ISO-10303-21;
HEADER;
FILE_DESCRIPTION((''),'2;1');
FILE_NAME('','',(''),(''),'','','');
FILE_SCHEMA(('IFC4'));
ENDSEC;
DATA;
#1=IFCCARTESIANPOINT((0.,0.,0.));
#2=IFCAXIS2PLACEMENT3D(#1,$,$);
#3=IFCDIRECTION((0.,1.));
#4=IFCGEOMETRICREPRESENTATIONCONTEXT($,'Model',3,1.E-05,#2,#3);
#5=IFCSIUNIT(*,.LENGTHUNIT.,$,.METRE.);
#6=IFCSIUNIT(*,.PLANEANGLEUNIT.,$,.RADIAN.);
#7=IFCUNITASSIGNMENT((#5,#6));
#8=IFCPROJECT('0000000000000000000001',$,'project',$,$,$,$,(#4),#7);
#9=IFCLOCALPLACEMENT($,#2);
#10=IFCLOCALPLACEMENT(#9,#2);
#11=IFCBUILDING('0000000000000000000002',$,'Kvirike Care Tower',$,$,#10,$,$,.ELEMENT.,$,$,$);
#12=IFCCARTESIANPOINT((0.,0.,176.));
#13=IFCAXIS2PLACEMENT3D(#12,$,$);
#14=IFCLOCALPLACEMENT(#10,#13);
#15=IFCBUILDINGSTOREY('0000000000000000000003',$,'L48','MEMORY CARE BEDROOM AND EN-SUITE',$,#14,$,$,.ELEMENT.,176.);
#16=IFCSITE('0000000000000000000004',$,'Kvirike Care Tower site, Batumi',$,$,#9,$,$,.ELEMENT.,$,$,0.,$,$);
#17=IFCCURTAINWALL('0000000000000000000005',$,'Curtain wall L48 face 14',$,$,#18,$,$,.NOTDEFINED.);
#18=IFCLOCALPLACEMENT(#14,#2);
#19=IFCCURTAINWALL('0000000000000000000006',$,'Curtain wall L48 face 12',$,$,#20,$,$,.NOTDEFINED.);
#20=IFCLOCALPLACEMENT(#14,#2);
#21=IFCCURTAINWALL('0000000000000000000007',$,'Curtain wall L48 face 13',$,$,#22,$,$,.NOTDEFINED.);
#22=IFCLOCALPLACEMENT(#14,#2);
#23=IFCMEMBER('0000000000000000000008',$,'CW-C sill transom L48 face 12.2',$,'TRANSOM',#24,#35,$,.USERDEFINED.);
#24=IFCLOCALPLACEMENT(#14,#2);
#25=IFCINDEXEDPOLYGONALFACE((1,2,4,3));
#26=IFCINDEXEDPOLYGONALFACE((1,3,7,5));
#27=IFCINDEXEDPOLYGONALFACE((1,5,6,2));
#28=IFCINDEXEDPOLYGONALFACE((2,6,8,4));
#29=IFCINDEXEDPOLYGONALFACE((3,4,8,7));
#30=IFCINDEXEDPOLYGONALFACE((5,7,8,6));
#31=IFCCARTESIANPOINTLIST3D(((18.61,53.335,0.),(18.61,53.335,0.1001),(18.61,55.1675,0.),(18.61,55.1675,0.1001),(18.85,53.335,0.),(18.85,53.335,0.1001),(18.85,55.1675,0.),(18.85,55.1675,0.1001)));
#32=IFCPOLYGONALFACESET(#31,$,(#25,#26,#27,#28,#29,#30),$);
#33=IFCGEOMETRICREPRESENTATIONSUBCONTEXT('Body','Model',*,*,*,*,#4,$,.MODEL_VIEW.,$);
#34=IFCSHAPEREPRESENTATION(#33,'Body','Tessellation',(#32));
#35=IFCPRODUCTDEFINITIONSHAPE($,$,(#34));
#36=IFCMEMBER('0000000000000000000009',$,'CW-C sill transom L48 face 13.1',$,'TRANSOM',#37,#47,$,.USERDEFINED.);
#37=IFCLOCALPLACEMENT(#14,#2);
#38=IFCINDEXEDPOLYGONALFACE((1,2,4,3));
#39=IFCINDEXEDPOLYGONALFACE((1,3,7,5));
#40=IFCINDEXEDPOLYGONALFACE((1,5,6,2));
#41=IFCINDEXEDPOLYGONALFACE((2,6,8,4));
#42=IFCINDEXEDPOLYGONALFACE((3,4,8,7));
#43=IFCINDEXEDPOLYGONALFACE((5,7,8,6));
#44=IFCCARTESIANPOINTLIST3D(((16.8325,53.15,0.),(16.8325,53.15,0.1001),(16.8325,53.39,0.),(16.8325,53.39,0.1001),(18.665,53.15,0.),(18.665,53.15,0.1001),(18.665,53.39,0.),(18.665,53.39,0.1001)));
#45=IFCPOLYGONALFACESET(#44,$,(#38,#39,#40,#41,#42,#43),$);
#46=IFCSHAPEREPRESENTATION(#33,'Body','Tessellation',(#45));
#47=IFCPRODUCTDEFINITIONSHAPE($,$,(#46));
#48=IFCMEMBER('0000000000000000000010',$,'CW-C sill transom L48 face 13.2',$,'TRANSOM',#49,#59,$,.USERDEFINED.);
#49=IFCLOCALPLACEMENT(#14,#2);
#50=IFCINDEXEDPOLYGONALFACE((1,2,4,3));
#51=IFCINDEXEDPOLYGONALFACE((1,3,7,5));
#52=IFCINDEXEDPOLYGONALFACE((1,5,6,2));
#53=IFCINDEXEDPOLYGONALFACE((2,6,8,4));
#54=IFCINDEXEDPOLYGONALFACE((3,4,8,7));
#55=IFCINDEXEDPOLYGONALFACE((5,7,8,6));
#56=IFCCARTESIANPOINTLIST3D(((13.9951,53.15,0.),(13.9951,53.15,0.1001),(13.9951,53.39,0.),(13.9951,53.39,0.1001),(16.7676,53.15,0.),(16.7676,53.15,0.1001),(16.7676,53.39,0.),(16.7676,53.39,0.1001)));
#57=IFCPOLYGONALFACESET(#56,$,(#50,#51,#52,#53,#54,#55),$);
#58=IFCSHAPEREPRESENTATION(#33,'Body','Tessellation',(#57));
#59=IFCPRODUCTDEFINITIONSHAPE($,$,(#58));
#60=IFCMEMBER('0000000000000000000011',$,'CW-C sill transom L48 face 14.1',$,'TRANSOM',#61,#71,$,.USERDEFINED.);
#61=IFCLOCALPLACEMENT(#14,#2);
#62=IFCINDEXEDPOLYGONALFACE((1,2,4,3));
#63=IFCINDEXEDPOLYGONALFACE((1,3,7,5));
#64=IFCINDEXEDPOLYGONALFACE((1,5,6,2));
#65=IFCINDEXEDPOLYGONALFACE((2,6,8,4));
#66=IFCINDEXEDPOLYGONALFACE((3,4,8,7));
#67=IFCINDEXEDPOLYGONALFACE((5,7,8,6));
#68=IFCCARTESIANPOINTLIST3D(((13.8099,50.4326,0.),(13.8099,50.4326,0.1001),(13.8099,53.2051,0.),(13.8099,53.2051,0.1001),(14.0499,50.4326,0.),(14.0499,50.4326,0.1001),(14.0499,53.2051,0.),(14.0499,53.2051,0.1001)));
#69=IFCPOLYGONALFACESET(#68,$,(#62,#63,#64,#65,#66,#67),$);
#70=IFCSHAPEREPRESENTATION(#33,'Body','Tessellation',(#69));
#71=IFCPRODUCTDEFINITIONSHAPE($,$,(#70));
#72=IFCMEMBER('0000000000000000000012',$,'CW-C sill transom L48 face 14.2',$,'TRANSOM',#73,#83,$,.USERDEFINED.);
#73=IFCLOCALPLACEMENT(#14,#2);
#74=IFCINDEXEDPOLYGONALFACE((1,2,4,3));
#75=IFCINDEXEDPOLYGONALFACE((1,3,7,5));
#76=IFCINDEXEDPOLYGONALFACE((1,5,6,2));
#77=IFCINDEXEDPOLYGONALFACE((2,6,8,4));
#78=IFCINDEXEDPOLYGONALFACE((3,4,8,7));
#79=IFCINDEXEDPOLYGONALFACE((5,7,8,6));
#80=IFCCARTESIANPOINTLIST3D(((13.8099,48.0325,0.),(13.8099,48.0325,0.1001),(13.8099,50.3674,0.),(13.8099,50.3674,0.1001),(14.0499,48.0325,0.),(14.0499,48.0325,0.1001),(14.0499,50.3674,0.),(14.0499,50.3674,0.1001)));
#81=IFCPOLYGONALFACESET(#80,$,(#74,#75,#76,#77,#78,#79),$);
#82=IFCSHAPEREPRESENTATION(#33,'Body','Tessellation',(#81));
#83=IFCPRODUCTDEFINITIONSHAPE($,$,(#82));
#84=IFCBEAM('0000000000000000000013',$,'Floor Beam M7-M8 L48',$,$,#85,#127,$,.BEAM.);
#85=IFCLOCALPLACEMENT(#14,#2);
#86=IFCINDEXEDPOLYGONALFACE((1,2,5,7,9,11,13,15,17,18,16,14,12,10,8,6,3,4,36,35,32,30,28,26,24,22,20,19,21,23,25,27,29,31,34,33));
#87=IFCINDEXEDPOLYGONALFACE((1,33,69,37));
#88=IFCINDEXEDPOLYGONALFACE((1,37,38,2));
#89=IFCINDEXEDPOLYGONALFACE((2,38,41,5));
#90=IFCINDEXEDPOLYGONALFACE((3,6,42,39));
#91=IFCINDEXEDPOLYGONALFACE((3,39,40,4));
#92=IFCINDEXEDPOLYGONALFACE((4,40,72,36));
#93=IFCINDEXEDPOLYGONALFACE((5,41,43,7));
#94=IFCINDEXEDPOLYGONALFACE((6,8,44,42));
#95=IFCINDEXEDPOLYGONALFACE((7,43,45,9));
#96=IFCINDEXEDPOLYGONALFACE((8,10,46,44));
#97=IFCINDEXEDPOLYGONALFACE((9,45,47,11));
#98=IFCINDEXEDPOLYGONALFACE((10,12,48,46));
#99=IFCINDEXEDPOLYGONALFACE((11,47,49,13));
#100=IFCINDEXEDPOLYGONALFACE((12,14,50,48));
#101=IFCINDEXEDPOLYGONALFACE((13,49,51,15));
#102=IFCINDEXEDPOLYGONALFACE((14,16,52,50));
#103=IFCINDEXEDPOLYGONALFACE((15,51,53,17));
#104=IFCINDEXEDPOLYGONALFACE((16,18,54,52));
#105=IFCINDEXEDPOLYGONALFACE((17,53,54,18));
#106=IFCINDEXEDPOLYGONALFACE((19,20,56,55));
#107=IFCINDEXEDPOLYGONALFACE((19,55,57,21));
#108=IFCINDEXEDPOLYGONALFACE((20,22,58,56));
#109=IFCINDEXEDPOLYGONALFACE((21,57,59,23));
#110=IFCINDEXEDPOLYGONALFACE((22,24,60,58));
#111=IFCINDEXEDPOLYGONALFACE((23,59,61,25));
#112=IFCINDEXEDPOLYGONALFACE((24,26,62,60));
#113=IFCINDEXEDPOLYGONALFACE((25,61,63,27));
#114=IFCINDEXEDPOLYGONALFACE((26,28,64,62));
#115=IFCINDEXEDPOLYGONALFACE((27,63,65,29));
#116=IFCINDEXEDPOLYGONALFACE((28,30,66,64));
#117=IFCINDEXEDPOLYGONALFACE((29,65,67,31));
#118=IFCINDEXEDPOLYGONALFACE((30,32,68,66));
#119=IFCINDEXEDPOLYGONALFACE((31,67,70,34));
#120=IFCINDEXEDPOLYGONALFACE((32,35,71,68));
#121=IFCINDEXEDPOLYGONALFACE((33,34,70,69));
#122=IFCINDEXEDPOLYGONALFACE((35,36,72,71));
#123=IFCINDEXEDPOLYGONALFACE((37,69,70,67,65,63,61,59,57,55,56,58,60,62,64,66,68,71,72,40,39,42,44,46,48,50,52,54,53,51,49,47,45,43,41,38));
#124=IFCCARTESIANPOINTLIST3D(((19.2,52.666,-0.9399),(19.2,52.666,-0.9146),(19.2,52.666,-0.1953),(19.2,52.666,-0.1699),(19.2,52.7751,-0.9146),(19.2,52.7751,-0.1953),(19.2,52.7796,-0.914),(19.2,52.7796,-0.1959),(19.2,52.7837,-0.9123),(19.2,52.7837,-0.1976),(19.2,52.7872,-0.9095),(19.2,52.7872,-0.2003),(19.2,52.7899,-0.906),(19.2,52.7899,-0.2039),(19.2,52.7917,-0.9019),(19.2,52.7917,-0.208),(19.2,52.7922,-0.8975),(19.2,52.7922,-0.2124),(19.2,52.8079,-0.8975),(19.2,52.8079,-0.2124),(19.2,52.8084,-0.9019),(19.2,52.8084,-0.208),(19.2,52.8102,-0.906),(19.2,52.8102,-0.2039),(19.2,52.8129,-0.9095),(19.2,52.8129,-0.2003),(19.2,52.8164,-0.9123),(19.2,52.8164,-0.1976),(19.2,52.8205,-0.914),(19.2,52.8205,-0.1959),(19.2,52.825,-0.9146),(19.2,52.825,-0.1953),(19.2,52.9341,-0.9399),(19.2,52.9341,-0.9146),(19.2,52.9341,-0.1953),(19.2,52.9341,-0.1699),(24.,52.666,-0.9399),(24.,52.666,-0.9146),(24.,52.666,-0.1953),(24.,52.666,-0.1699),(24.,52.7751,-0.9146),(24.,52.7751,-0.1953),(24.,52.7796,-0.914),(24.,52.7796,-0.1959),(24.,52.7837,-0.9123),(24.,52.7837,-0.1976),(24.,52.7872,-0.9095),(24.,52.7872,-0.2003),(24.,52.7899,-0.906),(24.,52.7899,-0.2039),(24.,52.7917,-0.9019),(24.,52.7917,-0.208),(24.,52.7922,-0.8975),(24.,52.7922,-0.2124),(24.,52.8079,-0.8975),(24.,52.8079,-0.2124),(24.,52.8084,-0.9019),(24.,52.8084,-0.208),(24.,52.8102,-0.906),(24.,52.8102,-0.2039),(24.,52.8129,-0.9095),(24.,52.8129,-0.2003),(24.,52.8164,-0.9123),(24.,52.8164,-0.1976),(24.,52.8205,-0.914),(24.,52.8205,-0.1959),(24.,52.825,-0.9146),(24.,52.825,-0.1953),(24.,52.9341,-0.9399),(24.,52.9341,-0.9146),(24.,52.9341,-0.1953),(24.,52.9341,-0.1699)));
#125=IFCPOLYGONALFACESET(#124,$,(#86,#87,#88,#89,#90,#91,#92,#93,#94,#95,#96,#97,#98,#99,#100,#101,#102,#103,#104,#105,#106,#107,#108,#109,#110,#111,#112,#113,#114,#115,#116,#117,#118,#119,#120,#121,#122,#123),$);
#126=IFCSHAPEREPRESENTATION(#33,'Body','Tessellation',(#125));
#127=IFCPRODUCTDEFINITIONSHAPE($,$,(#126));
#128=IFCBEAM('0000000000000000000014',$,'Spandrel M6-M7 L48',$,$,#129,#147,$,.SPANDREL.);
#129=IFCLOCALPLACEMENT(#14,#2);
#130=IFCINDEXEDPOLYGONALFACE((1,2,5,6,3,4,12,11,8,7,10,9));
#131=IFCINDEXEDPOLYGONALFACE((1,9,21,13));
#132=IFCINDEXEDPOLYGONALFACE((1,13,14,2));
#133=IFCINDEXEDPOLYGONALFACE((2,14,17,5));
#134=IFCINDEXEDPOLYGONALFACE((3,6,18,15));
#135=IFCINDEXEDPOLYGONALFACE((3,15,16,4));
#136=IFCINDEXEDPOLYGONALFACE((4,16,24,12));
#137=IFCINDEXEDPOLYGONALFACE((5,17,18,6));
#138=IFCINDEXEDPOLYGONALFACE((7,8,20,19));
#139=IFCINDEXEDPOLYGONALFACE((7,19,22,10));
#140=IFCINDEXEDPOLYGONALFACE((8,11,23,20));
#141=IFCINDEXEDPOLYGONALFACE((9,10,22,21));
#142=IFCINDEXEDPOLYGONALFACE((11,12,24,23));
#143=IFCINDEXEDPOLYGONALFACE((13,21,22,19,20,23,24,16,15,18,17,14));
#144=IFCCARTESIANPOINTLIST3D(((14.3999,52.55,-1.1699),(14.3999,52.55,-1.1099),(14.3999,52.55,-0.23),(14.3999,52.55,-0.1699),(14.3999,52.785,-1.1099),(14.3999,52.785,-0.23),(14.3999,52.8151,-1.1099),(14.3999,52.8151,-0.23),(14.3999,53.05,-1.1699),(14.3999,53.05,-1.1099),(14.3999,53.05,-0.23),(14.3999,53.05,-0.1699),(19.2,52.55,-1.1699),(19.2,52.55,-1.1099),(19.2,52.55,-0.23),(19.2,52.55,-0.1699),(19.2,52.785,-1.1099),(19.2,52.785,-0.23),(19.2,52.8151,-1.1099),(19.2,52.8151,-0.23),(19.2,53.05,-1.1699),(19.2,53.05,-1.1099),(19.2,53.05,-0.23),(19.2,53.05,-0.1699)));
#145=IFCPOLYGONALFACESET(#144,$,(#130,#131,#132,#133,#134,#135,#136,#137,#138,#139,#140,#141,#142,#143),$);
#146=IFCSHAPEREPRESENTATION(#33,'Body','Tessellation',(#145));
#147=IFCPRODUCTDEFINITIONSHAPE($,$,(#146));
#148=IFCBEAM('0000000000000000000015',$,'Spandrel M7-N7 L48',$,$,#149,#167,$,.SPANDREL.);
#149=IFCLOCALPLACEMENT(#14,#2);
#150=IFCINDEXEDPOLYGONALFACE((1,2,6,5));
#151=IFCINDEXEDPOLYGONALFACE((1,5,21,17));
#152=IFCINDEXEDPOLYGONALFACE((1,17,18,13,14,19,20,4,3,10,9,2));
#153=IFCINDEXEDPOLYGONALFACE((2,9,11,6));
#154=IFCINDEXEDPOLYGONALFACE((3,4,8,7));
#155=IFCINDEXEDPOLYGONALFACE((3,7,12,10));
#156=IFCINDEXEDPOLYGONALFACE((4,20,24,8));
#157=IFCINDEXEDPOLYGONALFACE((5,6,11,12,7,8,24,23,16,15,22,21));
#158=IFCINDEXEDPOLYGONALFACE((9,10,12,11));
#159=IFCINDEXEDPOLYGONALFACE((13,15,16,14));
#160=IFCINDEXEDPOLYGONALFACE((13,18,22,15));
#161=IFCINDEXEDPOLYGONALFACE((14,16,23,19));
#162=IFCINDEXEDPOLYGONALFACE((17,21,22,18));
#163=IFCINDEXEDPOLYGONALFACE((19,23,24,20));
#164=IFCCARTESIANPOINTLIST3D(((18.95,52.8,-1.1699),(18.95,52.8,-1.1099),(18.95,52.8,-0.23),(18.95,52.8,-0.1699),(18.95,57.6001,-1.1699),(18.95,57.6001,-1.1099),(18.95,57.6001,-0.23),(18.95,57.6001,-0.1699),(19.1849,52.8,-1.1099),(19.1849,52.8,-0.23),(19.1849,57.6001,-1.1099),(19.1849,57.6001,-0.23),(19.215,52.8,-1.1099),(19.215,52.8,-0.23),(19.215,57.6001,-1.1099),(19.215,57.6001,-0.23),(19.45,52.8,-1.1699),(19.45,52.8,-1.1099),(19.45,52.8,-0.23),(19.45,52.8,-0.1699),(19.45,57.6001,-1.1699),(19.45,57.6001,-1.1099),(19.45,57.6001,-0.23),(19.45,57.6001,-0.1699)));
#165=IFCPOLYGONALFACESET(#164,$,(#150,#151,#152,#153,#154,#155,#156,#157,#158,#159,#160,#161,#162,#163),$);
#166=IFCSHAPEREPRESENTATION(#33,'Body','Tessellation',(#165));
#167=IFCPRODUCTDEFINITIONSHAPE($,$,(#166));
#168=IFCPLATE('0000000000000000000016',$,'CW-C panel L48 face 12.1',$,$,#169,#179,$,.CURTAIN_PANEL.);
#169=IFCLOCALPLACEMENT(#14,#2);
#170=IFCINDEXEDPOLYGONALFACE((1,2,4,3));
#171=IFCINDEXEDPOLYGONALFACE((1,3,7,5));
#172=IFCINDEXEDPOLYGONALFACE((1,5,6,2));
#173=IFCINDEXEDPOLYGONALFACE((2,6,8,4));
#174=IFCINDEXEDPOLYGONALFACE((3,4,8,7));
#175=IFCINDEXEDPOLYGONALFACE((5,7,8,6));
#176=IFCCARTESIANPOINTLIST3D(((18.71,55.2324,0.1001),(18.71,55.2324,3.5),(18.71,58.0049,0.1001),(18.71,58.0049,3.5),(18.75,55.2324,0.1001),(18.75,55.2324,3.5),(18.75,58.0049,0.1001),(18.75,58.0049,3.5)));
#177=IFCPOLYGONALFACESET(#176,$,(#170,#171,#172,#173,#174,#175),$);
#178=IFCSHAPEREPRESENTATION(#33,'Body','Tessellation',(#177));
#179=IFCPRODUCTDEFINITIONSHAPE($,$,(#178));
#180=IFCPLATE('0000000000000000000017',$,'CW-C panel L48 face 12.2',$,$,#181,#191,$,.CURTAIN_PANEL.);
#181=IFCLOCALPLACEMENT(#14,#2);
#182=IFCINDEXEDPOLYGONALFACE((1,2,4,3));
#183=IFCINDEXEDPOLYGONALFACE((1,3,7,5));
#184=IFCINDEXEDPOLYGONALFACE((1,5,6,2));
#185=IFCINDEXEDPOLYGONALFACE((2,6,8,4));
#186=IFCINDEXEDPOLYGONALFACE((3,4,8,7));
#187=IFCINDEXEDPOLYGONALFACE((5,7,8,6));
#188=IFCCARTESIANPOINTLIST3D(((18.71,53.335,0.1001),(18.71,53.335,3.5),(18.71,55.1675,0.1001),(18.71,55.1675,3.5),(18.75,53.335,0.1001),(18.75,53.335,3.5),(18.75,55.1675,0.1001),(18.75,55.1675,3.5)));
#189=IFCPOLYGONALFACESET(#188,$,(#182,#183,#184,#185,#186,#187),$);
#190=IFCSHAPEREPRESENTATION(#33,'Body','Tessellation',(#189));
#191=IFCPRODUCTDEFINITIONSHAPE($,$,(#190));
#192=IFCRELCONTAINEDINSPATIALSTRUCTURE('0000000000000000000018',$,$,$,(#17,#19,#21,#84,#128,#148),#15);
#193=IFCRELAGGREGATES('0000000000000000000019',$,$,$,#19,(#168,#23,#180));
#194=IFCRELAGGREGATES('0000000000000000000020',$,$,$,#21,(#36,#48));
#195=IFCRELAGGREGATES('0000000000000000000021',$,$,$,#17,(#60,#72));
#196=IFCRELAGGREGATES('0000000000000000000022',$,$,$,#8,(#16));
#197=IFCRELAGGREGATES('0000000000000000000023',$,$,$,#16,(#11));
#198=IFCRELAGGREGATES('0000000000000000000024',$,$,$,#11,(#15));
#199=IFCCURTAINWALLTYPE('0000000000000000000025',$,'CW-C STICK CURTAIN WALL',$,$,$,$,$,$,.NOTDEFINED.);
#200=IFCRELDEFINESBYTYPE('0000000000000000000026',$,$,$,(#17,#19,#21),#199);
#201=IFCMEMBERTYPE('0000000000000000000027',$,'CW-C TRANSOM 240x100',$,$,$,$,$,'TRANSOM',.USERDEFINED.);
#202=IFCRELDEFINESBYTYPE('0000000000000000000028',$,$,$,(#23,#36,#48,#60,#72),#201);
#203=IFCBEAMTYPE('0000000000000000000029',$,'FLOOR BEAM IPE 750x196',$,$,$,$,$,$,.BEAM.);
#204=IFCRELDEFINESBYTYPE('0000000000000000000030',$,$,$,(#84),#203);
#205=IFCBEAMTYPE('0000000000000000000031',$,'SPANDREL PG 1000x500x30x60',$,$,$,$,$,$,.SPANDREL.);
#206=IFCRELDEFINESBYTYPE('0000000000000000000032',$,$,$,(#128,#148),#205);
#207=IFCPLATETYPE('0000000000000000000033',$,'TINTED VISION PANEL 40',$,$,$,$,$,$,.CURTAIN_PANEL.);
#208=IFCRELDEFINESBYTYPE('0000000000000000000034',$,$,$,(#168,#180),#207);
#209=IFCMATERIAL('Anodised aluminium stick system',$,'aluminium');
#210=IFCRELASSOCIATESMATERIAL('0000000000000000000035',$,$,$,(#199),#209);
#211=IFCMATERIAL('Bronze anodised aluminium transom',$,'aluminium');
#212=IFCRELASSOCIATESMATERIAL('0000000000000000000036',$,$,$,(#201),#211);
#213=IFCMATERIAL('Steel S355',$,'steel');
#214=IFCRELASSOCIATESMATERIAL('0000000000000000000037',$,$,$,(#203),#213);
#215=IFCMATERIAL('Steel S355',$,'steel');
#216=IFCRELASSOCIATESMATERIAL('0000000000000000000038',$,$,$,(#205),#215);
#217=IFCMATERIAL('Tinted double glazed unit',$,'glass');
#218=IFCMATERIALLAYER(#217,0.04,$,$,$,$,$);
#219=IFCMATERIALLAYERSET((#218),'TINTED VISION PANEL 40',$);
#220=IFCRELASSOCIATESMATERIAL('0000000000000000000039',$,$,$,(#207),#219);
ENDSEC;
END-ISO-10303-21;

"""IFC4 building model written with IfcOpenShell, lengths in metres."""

from ifc_helpers import new_model, si_unit, direction, frame, origin, origin_2d, place, context, subcontext, project, spatial, rectangle, i_section, extrude, material, layer, layer_set, material_profile, profile_set, type_object, element, aggregate, save


model = new_model("IFC4")

# Units and contexts
model_context = context("Model", 3, precision=1e-05, world=origin(), true_north=direction((0.0, 1.0)))
body_context = subcontext(model_context, "Body", "Model", "MODEL_VIEW")
ifc_project = project(units=[si_unit("LENGTHUNIT", "METRE"), si_unit("PLANEANGLEUNIT", "RADIAN")], contexts=[model_context])

# Site, building, storey
site_placement = place(None, origin())
site = spatial("IfcSite", under=ifc_project, at=site_placement, Name="Kvirike Care Tower site, Batumi", CompositionType="ELEMENT", RefElevation=0.0)
building_placement = place(site_placement, origin())
building = spatial("IfcBuilding", under=site, at=building_placement, Name="Kvirike Care Tower", CompositionType="ELEMENT")
storey_placement = place(building_placement, frame((0.0, 0.0, 176.0)))
storey = spatial("IfcBuildingStorey", under=building, at=storey_placement, Name="L48", Description="MEMORY CARE BEDROOM AND EN-SUITE", CompositionType="ELEMENT", Elevation=176.0)

# Curtain wall
ifc_material_1 = material(Name="Anodised aluminium stick system", Category="aluminium")
curtain_wall_type = type_object("IfcCurtainWallType", Name="CW-C STICK CURTAIN WALL", PredefinedType="NOTDEFINED", material=ifc_material_1)
curtain_wall_1_placement = place(storey_placement, origin())
curtain_wall_1 = element("IfcCurtainWall", 1, at=curtain_wall_1_placement, inside=storey, type_object=curtain_wall_type, Name="Curtain wall L48 face 14", PredefinedType="NOTDEFINED")

# Curtain walls
curtain_wall_2_placement = place(storey_placement, origin())
curtain_wall_2 = element("IfcCurtainWall", 2, at=curtain_wall_2_placement, inside=storey, type_object=curtain_wall_type, Name="Curtain wall L48 face 12", PredefinedType="NOTDEFINED")
curtain_wall_3_placement = place(storey_placement, origin())
curtain_wall_3 = element("IfcCurtainWall", 3, at=curtain_wall_3_placement, inside=storey, type_object=curtain_wall_type, Name="Curtain wall L48 face 13", PredefinedType="NOTDEFINED")

# Members
ifc_material_2 = material(Name="Bronze anodised aluminium transom", Category="aluminium")
ifc_material_profile_1 = material_profile(ifc_material_2, rectangle(XDim=0.24, YDim=0.1001, at=origin_2d()), Name="CW-C TRANSOM 240x100")
ifc_profile_set_1 = profile_set([ifc_material_profile_1], Name="Bronze anodised aluminium transom")
member_type_1 = type_object("IfcMemberType", Name="CW-C TRANSOM 240x100", ElementType="TRANSOM", PredefinedType="USERDEFINED", material=ifc_profile_set_1)
member_1_placement = place(storey_placement, frame((18.73, 55.1675, 0.05), z_axis=(0.0, -1.0, 0.0), x_axis=(1.0, 0.0, 0.0)))
member_1 = element("IfcMember", 4, at=member_1_placement, type_object=member_type_1, Name="CW-C sill transom L48 face 12.2", ObjectType="TRANSOM", PredefinedType="USERDEFINED", context=body_context, shape_type="SweptSolid", body=[
    extrude(rectangle(XDim=0.24, YDim=0.1001, at=origin_2d()), origin(), (0.0, 0.0, 1.0), 1.8325),
])
member_2_placement = place(storey_placement, frame((18.665, 53.27, 0.05), z_axis=(-1.0, 0.0, 0.0), x_axis=(0.0, -1.0, 0.0)))
member_2 = element("IfcMember", 5, at=member_2_placement, type_object=member_type_1, Name="CW-C sill transom L48 face 13.1", ObjectType="TRANSOM", PredefinedType="USERDEFINED", context=body_context, shape_type="SweptSolid", body=[
    extrude(rectangle(XDim=0.24, YDim=0.1001, at=origin_2d()), origin(), (0.0, 0.0, 1.0), 1.8325),
])
member_3_placement = place(storey_placement, frame((16.7676, 53.27, 0.05), z_axis=(-1.0, 0.0, 0.0), x_axis=(0.0, -1.0, 0.0)))
member_3 = element("IfcMember", 6, at=member_3_placement, type_object=member_type_1, Name="CW-C sill transom L48 face 13.2", ObjectType="TRANSOM", PredefinedType="USERDEFINED", context=body_context, shape_type="SweptSolid", body=[
    extrude(rectangle(XDim=0.24, YDim=0.1001, at=origin_2d()), origin(), (0.0, 0.0, 1.0), 2.7725),
])
member_4_placement = place(storey_placement, frame((13.9299, 53.2051, 0.05), z_axis=(0.0, -1.0, 0.0), x_axis=(1.0, 0.0, 0.0)))
member_4 = element("IfcMember", 7, at=member_4_placement, type_object=member_type_1, Name="CW-C sill transom L48 face 14.1", ObjectType="TRANSOM", PredefinedType="USERDEFINED", context=body_context, shape_type="SweptSolid", body=[
    extrude(rectangle(XDim=0.24, YDim=0.1001, at=origin_2d()), origin(), (0.0, 0.0, 1.0), 2.7725),
])
member_5_placement = place(storey_placement, frame((13.9299, 50.3674, 0.05), z_axis=(0.0, -1.0, 0.0), x_axis=(1.0, 0.0, 0.0)))
member_5 = element("IfcMember", 8, at=member_5_placement, type_object=member_type_1, Name="CW-C sill transom L48 face 14.2", ObjectType="TRANSOM", PredefinedType="USERDEFINED", context=body_context, shape_type="SweptSolid", body=[
    extrude(rectangle(XDim=0.24, YDim=0.1001, at=origin_2d()), origin(), (0.0, 0.0, 1.0), 2.335),
])

# Beams
ifc_material_3 = material(Name="Steel S355", Category="steel")
ifc_material_profile_2 = material_profile(ifc_material_3, i_section(OverallWidth=0.2681, OverallDepth=0.77, WebThickness=0.0156, FlangeThickness=0.0254, FilletRadius=0.0171, at=origin_2d()), Name="IPE 750x196")
ifc_profile_set_2 = profile_set([ifc_material_profile_2], Name="Steel S355")
beam_type_1 = type_object("IfcBeamType", Name="FLOOR BEAM IPE 750x196", PredefinedType="BEAM", material=ifc_profile_set_2)
beam_placement = place(storey_placement, frame((19.2, 52.8, -0.5549), z_axis=(1.0, 0.0, 0.0), x_axis=(0.0, 1.0, 0.0)))
element("IfcBeam", 9, at=beam_placement, inside=storey, type_object=beam_type_1, Name="Floor Beam M7-M8 L48", PredefinedType="BEAM", context=body_context, shape_type="SweptSolid", body=[
    extrude(i_section(OverallWidth=0.2681, OverallDepth=0.77, WebThickness=0.0156, FlangeThickness=0.0254, FilletRadius=0.0171, at=origin_2d()), origin(), (0.0, 0.0, 1.0), 4.8),
])
ifc_material_4 = material(Name="Steel S355", Category="steel")
ifc_material_profile_3 = material_profile(ifc_material_4, i_section(OverallWidth=0.5, OverallDepth=1.0, WebThickness=0.03, FlangeThickness=0.0601, at=origin_2d()), Name="PG 1000x500x30x60")
ifc_profile_set_3 = profile_set([ifc_material_profile_3], Name="Steel S355")
beam_type_2 = type_object("IfcBeamType", Name="SPANDREL PG 1000x500x30x60", PredefinedType="SPANDREL", material=ifc_profile_set_3)
for number, where, z_axis, x_axis, name in (
    (10, (14.3999, 52.8, -0.6699), (1.0, 0.0, 0.0), (0.0, 1.0, 0.0), "Spandrel M6-M7 L48"),
    (11, (19.2, 52.8, -0.6699), (0.0, 1.0, 0.0), (-1.0, 0.0, 0.0), "Spandrel M7-N7 L48"),
):
    element("IfcBeam", number, at=place(storey_placement, frame(where, z_axis=z_axis, x_axis=x_axis)), inside=storey, type_object=beam_type_2, Name=name, PredefinedType="SPANDREL", context=body_context, shape_type="SweptSolid", body=[
        extrude(i_section(OverallWidth=0.5, OverallDepth=1.0, WebThickness=0.03, FlangeThickness=0.0601, at=origin_2d()), origin(), (0.0, 0.0, 1.0), 4.8),
    ])

# Plates
ifc_material_5 = material(Name="Tinted double glazed unit", Category="glass")
ifc_layer_1 = layer(ifc_material_5, 0.04)
ifc_layer_set_1 = layer_set([ifc_layer_1], Name="TINTED VISION PANEL 40")
plate_type = type_object("IfcPlateType", Name="TINTED VISION PANEL 40", PredefinedType="CURTAIN_PANEL", material=ifc_layer_set_1)
plate_1_placement = place(storey_placement, frame((18.73, 56.6187, 0.1001), z_axis=(0.0, 0.0, 1.0), x_axis=(0.0, -1.0, 0.0)))
plate_1 = element("IfcPlate", 12, at=plate_1_placement, type_object=plate_type, Name="CW-C panel L48 face 12.1", PredefinedType="CURTAIN_PANEL", context=body_context, shape_type="SweptSolid", body=[
    extrude(rectangle(XDim=2.7725, YDim=0.04, at=origin_2d()), origin(), (0.0, 0.0, 1.0), 3.3999),
])
plate_2_placement = place(storey_placement, frame((18.73, 54.2512, 0.1001), z_axis=(0.0, 0.0, 1.0), x_axis=(0.0, -1.0, 0.0)))
plate_2 = element("IfcPlate", 13, at=plate_2_placement, type_object=plate_type, Name="CW-C panel L48 face 12.2", PredefinedType="CURTAIN_PANEL", context=body_context, shape_type="SweptSolid", body=[
    extrude(rectangle(XDim=1.8325, YDim=0.04, at=origin_2d()), origin(), (0.0, 0.0, 1.0), 3.3999),
])
aggregate(curtain_wall_2, [plate_1, member_1, plate_2])
aggregate(curtain_wall_3, [member_2, member_3])
aggregate(curtain_wall_1, [member_4, member_5])

save(model, "model.ifc")
